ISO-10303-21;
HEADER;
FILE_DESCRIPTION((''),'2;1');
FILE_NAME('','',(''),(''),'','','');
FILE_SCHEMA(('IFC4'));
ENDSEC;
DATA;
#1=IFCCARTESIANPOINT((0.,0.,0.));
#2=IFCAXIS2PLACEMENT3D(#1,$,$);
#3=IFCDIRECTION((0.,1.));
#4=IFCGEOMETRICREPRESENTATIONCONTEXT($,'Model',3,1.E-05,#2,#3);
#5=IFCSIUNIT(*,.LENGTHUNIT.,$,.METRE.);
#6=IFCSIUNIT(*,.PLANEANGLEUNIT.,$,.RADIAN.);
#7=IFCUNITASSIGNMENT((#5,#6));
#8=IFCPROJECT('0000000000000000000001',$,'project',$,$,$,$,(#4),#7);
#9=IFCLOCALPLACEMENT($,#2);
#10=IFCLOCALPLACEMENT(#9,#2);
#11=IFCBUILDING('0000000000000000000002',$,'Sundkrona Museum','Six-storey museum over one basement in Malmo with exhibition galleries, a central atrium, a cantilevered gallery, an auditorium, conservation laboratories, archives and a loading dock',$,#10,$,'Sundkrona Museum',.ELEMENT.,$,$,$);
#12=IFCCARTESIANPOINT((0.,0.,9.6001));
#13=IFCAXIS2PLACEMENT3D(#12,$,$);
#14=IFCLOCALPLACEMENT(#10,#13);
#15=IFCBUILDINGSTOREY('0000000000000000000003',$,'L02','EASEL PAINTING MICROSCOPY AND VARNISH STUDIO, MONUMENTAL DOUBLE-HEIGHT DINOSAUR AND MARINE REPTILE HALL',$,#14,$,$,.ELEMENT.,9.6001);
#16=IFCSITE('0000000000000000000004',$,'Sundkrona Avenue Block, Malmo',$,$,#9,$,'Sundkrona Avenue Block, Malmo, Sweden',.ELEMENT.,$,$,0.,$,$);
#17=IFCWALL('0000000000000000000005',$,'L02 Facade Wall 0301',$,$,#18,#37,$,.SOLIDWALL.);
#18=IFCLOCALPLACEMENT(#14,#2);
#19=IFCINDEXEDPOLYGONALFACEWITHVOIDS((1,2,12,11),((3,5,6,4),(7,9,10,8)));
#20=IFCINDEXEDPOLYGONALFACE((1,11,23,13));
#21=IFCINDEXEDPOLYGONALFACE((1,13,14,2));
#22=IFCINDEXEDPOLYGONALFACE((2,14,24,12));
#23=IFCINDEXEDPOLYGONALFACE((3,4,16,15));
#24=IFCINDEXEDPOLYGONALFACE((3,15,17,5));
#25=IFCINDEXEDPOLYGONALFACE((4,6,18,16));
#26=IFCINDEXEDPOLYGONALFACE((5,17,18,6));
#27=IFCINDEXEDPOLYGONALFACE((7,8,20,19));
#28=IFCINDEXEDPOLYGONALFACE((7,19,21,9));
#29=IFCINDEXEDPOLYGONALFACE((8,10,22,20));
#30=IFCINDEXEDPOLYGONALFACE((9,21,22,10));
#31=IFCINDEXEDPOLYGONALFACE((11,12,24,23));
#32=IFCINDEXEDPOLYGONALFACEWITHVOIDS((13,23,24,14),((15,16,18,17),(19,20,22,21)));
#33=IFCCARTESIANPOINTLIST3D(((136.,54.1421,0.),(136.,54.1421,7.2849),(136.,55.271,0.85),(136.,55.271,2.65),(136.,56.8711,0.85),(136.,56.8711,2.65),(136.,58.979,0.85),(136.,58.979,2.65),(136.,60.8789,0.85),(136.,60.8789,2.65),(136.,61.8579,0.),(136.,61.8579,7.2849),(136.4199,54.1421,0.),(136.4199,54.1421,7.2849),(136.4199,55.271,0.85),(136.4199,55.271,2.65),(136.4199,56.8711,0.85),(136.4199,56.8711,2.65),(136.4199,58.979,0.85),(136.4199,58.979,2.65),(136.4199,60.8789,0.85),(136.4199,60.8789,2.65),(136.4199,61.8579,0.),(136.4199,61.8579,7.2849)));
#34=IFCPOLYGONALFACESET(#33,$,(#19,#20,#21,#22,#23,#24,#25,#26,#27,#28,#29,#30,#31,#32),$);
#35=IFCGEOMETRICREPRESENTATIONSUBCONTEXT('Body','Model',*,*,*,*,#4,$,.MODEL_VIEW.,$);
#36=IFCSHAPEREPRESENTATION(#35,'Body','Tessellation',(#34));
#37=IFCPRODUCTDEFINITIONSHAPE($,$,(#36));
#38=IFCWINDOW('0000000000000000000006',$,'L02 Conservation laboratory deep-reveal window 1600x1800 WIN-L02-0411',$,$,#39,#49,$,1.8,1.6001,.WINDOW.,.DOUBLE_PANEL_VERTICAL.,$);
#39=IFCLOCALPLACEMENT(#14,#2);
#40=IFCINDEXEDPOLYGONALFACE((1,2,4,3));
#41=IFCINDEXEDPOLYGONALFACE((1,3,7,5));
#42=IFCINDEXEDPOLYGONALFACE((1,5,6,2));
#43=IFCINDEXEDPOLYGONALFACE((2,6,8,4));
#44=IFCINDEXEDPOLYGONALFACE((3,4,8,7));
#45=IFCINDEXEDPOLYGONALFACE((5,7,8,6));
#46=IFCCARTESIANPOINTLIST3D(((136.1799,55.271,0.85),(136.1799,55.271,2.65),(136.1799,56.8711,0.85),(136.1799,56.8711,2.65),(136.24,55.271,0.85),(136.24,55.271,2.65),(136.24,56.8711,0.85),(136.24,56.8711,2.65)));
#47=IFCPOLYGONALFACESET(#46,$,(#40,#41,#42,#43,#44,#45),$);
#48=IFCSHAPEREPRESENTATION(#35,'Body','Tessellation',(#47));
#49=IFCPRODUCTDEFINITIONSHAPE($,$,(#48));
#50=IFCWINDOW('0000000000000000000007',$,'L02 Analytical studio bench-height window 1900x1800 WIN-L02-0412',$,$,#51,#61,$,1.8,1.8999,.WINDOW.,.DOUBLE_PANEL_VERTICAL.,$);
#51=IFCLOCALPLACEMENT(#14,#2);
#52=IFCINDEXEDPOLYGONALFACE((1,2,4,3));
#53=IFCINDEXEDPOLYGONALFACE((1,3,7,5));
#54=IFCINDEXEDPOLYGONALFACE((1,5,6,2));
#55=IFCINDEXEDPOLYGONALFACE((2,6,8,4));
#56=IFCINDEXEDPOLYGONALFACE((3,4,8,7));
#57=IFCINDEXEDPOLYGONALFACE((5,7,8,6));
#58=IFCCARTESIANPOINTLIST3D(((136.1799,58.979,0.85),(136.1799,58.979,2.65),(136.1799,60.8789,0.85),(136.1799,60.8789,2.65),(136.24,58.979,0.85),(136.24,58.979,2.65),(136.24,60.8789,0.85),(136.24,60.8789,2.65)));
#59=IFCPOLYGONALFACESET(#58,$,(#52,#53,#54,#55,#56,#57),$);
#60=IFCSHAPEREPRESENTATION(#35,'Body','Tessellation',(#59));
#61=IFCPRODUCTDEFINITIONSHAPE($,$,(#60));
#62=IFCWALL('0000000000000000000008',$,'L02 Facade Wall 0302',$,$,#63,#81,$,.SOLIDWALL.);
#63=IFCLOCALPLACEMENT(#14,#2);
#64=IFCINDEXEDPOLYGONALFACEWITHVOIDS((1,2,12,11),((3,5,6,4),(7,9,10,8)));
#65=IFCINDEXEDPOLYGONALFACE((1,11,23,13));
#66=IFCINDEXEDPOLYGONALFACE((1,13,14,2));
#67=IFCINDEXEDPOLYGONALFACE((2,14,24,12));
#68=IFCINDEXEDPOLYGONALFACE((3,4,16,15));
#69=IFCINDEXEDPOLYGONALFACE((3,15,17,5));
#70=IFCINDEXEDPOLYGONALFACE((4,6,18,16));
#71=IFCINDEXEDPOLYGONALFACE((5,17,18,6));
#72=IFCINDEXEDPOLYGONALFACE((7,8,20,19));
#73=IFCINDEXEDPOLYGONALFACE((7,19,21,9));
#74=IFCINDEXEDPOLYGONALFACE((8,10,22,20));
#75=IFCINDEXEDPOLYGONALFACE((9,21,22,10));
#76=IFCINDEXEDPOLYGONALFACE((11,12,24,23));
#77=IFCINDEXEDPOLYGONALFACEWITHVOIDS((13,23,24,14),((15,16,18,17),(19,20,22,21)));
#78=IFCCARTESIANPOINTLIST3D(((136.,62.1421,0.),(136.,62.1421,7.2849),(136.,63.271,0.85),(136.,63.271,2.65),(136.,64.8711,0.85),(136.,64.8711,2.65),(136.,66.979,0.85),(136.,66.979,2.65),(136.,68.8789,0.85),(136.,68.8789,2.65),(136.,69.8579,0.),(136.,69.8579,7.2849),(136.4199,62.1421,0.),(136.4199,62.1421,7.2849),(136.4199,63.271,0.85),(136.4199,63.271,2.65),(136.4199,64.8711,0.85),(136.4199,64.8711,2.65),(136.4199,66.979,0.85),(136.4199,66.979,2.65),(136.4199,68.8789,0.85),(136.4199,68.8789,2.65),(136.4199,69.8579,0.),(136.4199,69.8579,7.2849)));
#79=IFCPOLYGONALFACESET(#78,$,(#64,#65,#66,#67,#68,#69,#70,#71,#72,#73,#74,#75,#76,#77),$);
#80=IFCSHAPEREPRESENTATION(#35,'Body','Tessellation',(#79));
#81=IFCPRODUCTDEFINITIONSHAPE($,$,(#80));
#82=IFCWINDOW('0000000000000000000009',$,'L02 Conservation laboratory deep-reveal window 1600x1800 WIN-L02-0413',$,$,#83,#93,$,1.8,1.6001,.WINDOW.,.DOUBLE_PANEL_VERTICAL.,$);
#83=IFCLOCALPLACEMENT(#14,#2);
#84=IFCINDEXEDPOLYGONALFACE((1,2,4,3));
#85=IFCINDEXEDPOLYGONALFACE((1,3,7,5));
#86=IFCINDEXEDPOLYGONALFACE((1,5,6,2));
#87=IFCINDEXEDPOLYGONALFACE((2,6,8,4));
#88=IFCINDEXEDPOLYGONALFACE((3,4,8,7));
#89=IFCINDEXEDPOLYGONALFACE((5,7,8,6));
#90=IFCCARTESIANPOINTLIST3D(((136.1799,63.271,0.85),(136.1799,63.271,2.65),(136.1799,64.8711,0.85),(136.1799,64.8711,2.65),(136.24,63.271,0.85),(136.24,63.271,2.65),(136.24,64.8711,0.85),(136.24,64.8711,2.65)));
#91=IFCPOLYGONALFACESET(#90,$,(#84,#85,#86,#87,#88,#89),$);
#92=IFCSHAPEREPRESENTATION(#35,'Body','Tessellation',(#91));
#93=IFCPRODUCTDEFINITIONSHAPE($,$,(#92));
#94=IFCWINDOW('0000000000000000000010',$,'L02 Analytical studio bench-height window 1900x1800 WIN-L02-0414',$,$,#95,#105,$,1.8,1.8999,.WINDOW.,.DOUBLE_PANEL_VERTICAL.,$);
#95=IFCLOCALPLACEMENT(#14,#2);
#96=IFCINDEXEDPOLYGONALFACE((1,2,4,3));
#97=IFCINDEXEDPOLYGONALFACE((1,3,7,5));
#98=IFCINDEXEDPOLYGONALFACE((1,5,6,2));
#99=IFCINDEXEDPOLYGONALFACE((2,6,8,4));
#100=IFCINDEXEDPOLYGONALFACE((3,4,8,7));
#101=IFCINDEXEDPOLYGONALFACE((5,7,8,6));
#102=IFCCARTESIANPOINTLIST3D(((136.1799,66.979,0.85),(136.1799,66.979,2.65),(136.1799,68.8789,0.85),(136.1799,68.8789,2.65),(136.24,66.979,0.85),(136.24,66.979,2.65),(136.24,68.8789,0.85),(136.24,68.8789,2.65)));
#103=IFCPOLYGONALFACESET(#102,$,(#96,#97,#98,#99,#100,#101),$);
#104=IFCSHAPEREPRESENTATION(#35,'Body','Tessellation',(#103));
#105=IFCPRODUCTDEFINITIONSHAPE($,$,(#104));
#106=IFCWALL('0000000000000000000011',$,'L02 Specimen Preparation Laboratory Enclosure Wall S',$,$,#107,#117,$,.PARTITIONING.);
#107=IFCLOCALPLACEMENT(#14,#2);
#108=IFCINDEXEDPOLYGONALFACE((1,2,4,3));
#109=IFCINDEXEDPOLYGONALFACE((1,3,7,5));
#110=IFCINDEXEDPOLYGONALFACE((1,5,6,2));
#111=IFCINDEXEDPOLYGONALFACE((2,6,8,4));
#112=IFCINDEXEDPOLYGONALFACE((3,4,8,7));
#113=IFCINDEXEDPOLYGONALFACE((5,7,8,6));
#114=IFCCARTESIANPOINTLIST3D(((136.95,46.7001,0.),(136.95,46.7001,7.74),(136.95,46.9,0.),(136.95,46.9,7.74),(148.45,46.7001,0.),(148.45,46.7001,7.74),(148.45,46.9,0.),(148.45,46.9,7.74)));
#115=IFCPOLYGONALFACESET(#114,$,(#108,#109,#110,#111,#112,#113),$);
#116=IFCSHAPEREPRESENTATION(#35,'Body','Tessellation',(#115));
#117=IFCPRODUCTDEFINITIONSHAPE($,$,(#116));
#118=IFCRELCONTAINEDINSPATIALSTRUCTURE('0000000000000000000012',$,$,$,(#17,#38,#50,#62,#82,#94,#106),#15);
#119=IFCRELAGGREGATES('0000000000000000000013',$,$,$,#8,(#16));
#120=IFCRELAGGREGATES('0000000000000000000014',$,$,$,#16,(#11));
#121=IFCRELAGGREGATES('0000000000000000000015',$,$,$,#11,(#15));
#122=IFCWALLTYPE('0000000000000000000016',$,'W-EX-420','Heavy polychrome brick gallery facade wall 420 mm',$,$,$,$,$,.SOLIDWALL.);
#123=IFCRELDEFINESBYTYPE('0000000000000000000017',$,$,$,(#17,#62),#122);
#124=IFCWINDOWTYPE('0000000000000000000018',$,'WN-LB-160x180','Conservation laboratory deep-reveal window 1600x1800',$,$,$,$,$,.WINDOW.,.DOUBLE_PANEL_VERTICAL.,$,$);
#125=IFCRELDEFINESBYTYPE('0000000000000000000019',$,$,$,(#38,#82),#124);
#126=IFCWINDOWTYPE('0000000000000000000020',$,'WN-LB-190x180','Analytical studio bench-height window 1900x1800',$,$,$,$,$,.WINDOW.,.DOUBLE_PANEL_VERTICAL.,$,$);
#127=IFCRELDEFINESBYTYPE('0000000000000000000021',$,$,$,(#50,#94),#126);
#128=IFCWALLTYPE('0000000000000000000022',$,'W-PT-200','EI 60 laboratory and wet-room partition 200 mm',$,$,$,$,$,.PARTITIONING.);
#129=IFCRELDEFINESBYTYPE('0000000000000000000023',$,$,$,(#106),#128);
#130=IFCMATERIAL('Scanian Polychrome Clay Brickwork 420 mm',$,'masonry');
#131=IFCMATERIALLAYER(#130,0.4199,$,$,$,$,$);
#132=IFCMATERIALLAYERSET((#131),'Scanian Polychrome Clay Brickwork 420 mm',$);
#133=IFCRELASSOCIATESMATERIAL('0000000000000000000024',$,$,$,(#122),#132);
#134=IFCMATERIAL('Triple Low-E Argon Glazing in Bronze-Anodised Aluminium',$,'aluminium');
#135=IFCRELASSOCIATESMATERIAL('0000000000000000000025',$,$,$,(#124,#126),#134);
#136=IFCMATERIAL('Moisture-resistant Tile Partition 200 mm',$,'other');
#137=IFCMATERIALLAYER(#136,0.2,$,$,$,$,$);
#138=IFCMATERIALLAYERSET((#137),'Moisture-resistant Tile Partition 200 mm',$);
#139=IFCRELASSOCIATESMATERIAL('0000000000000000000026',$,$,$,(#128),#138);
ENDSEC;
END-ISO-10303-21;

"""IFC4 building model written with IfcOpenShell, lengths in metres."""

from ifc_helpers import new_model, si_unit, direction, frame, frame_2d, origin, place, context, subcontext, project, spatial, rectangle, extrude, material, layer, layer_set, type_object, element, fill, save


model = new_model("IFC4")

# Units and contexts
model_context = context("Model", 3, precision=1e-05, world=origin(), true_north=direction((0.0, 1.0)))
body_context = subcontext(model_context, "Body", "Model", "MODEL_VIEW")
ifc_project = project(units=[si_unit("LENGTHUNIT", "METRE"), si_unit("PLANEANGLEUNIT", "RADIAN")], contexts=[model_context])

# Site, building, storey
site_placement = place(None, origin())
site = spatial("IfcSite", under=ifc_project, at=site_placement, Name="Sundkrona Avenue Block, Malmo", LongName="Sundkrona Avenue Block, Malmo, Sweden", CompositionType="ELEMENT", RefElevation=0.0)
building_placement = place(site_placement, origin())
building = spatial("IfcBuilding", under=site, at=building_placement, Name="Sundkrona Museum", Description="Six-storey museum over one basement in Malmo with exhibition galleries, a central atrium, a cantilevered gallery, an auditorium, conservation laboratories, archives and a loading dock", LongName="Sundkrona Museum", CompositionType="ELEMENT")
storey_placement = place(building_placement, frame((0.0, 0.0, 9.6001)))
storey = spatial("IfcBuildingStorey", under=building, at=storey_placement, Name="L02", Description="EASEL PAINTING MICROSCOPY AND VARNISH STUDIO, MONUMENTAL DOUBLE-HEIGHT DINOSAUR AND MARINE REPTILE HALL", CompositionType="ELEMENT", Elevation=9.6001)

# Walls, openings, windows
ifc_material_1 = material(Name="Scanian Polychrome Clay Brickwork 420 mm", Category="masonry")
ifc_layer_1 = layer(ifc_material_1, 0.4199)
ifc_layer_set_1 = layer_set([ifc_layer_1], Name="Scanian Polychrome Clay Brickwork 420 mm")
wall_type_1 = type_object("IfcWallType", Name="W-EX-420", Description="Heavy polychrome brick gallery facade wall 420 mm", PredefinedType="SOLIDWALL", material=ifc_layer_set_1)
ifc_material_2 = material(Name="Triple Low-E Argon Glazing in Bronze-Anodised Aluminium", Category="aluminium")
window_type_1 = type_object("IfcWindowType", Name="WN-LB-160x180", Description="Conservation laboratory deep-reveal window 1600x1800", PartitioningType="DOUBLE_PANEL_VERTICAL", PredefinedType="WINDOW", material=ifc_material_2)
window_type_2 = type_object("IfcWindowType", Name="WN-LB-190x180", Description="Analytical studio bench-height window 1900x1800", PartitioningType="DOUBLE_PANEL_VERTICAL", PredefinedType="WINDOW", material=ifc_material_2)
wall_1_placement = place(storey_placement, frame((136.21, 54.1421, 0.0), z_axis=(0.0, 0.0, 1.0), x_axis=(0.0, 1.0, 0.0)))
wall_1 = element("IfcWall", 1, at=wall_1_placement, inside=storey, type_object=wall_type_1, Name="L02 Facade Wall 0301", PredefinedType="SOLIDWALL", context=body_context, shape_type="SweptSolid", body=[
    extrude(rectangle(XDim=7.7158, YDim=0.4199, at=frame_2d((3.8579, 0.0))), origin(), (0.0, 0.0, 1.0), 7.2849),
])
opening_1_placement = place(wall_1_placement, frame((1.1289, 0.0, 0.8501)))
opening_1 = element("IfcOpeningElement", 2, at=opening_1_placement, cuts=wall_1, PredefinedType="OPENING", context=body_context, shape_type="SweptSolid", body=[
    extrude(rectangle(XDim=1.6001, YDim=1.8, at=frame_2d((0.8, 0.8999))), frame((0.0, 0.22, 0.0), z_axis=(0.0, -1.0, 0.0), x_axis=(1.0, 0.0, 0.0)), (0.0, 0.0, 1.0), 0.4399),
])
opening_2_placement = place(wall_1_placement, frame((4.8369, 0.0, 0.8501)))
opening_2 = element("IfcOpeningElement", 3, at=opening_2_placement, cuts=wall_1, PredefinedType="OPENING", context=body_context, shape_type="SweptSolid", body=[
    extrude(rectangle(XDim=1.8999, YDim=1.8, at=frame_2d((0.95, 0.8999))), frame((0.0, 0.22, 0.0), z_axis=(0.0, -1.0, 0.0), x_axis=(1.0, 0.0, 0.0)), (0.0, 0.0, 1.0), 0.4399),
])
window_1_placement = place(opening_1_placement, origin())
window_1 = element("IfcWindow", 4, at=window_1_placement, inside=storey, type_object=window_type_1, Name="L02 Conservation laboratory deep-reveal window 1600x1800 WIN-L02-0411", OverallHeight=1.8, OverallWidth=1.6001, PartitioningType="DOUBLE_PANEL_VERTICAL", PredefinedType="WINDOW", context=body_context, shape_type="SweptSolid", body=[
    extrude(rectangle(XDim=1.6001, YDim=1.8, at=frame_2d((0.8, 0.8999))), frame((0.0, 0.03, 0.0), z_axis=(0.0, -1.0, 0.0), x_axis=(1.0, 0.0, 0.0)), (0.0, 0.0, 1.0), 0.0601),
])
fill(opening_1, window_1)
window_2_placement = place(opening_2_placement, origin())
window_2 = element("IfcWindow", 5, at=window_2_placement, inside=storey, type_object=window_type_2, Name="L02 Analytical studio bench-height window 1900x1800 WIN-L02-0412", OverallHeight=1.8, OverallWidth=1.8999, PartitioningType="DOUBLE_PANEL_VERTICAL", PredefinedType="WINDOW", context=body_context, shape_type="SweptSolid", body=[
    extrude(rectangle(XDim=1.8999, YDim=1.8, at=frame_2d((0.95, 0.8999))), frame((0.0, 0.03, 0.0), z_axis=(0.0, -1.0, 0.0), x_axis=(1.0, 0.0, 0.0)), (0.0, 0.0, 1.0), 0.0601),
])
fill(opening_2, window_2)
wall_2_placement = place(storey_placement, frame((136.21, 62.1421, 0.0), z_axis=(0.0, 0.0, 1.0), x_axis=(0.0, 1.0, 0.0)))
wall_2 = element("IfcWall", 6, at=wall_2_placement, inside=storey, type_object=wall_type_1, Name="L02 Facade Wall 0302", PredefinedType="SOLIDWALL", context=body_context, shape_type="SweptSolid", body=[
    extrude(rectangle(XDim=7.7158, YDim=0.4199, at=frame_2d((3.8579, 0.0))), origin(), (0.0, 0.0, 1.0), 7.2849),
])
opening_3_placement = place(wall_2_placement, frame((1.1289, 0.0, 0.8501)))
opening_3 = element("IfcOpeningElement", 7, at=opening_3_placement, cuts=wall_2, PredefinedType="OPENING", context=body_context, shape_type="SweptSolid", body=[
    extrude(rectangle(XDim=1.6001, YDim=1.8, at=frame_2d((0.8, 0.8999))), frame((0.0, 0.22, 0.0), z_axis=(0.0, -1.0, 0.0), x_axis=(1.0, 0.0, 0.0)), (0.0, 0.0, 1.0), 0.4399),
])
opening_4_placement = place(wall_2_placement, frame((4.8369, 0.0, 0.8501)))
opening_4 = element("IfcOpeningElement", 8, at=opening_4_placement, cuts=wall_2, PredefinedType="OPENING", context=body_context, shape_type="SweptSolid", body=[
    extrude(rectangle(XDim=1.8999, YDim=1.8, at=frame_2d((0.95, 0.8999))), frame((0.0, 0.22, 0.0), z_axis=(0.0, -1.0, 0.0), x_axis=(1.0, 0.0, 0.0)), (0.0, 0.0, 1.0), 0.4399),
])
window_3_placement = place(opening_3_placement, origin())
window_3 = element("IfcWindow", 9, at=window_3_placement, inside=storey, type_object=window_type_1, Name="L02 Conservation laboratory deep-reveal window 1600x1800 WIN-L02-0413", OverallHeight=1.8, OverallWidth=1.6001, PartitioningType="DOUBLE_PANEL_VERTICAL", PredefinedType="WINDOW", context=body_context, shape_type="SweptSolid", body=[
    extrude(rectangle(XDim=1.6001, YDim=1.8, at=frame_2d((0.8, 0.8999))), frame((0.0, 0.03, 0.0), z_axis=(0.0, -1.0, 0.0), x_axis=(1.0, 0.0, 0.0)), (0.0, 0.0, 1.0), 0.0601),
])
fill(opening_3, window_3)
window_4_placement = place(opening_4_placement, origin())
window_4 = element("IfcWindow", 10, at=window_4_placement, inside=storey, type_object=window_type_2, Name="L02 Analytical studio bench-height window 1900x1800 WIN-L02-0414", OverallHeight=1.8, OverallWidth=1.8999, PartitioningType="DOUBLE_PANEL_VERTICAL", PredefinedType="WINDOW", context=body_context, shape_type="SweptSolid", body=[
    extrude(rectangle(XDim=1.8999, YDim=1.8, at=frame_2d((0.95, 0.8999))), frame((0.0, 0.03, 0.0), z_axis=(0.0, -1.0, 0.0), x_axis=(1.0, 0.0, 0.0)), (0.0, 0.0, 1.0), 0.0601),
])
fill(opening_4, window_4)

# Wall
ifc_material_3 = material(Name="Moisture-resistant Tile Partition 200 mm", Category="other")
ifc_layer_2 = layer(ifc_material_3, 0.2)
ifc_layer_set_2 = layer_set([ifc_layer_2], Name="Moisture-resistant Tile Partition 200 mm")
wall_type_2 = type_object("IfcWallType", Name="W-PT-200", Description="EI 60 laboratory and wet-room partition 200 mm", PredefinedType="PARTITIONING", material=ifc_layer_set_2)
wall_3_placement = place(storey_placement, frame((136.95, 46.8, 0.0), z_axis=(0.0, 0.0, 1.0), x_axis=(1.0, 0.0, 0.0)))
element("IfcWall", 11, at=wall_3_placement, inside=storey, type_object=wall_type_2, Name="L02 Specimen Preparation Laboratory Enclosure Wall S", PredefinedType="PARTITIONING", context=body_context, shape_type="SweptSolid", body=[
    extrude(rectangle(XDim=11.5, YDim=0.2, at=frame_2d((5.75, 0.0))), origin(), (0.0, 0.0, 1.0), 7.74),
])

save(model, "model.ifc")
